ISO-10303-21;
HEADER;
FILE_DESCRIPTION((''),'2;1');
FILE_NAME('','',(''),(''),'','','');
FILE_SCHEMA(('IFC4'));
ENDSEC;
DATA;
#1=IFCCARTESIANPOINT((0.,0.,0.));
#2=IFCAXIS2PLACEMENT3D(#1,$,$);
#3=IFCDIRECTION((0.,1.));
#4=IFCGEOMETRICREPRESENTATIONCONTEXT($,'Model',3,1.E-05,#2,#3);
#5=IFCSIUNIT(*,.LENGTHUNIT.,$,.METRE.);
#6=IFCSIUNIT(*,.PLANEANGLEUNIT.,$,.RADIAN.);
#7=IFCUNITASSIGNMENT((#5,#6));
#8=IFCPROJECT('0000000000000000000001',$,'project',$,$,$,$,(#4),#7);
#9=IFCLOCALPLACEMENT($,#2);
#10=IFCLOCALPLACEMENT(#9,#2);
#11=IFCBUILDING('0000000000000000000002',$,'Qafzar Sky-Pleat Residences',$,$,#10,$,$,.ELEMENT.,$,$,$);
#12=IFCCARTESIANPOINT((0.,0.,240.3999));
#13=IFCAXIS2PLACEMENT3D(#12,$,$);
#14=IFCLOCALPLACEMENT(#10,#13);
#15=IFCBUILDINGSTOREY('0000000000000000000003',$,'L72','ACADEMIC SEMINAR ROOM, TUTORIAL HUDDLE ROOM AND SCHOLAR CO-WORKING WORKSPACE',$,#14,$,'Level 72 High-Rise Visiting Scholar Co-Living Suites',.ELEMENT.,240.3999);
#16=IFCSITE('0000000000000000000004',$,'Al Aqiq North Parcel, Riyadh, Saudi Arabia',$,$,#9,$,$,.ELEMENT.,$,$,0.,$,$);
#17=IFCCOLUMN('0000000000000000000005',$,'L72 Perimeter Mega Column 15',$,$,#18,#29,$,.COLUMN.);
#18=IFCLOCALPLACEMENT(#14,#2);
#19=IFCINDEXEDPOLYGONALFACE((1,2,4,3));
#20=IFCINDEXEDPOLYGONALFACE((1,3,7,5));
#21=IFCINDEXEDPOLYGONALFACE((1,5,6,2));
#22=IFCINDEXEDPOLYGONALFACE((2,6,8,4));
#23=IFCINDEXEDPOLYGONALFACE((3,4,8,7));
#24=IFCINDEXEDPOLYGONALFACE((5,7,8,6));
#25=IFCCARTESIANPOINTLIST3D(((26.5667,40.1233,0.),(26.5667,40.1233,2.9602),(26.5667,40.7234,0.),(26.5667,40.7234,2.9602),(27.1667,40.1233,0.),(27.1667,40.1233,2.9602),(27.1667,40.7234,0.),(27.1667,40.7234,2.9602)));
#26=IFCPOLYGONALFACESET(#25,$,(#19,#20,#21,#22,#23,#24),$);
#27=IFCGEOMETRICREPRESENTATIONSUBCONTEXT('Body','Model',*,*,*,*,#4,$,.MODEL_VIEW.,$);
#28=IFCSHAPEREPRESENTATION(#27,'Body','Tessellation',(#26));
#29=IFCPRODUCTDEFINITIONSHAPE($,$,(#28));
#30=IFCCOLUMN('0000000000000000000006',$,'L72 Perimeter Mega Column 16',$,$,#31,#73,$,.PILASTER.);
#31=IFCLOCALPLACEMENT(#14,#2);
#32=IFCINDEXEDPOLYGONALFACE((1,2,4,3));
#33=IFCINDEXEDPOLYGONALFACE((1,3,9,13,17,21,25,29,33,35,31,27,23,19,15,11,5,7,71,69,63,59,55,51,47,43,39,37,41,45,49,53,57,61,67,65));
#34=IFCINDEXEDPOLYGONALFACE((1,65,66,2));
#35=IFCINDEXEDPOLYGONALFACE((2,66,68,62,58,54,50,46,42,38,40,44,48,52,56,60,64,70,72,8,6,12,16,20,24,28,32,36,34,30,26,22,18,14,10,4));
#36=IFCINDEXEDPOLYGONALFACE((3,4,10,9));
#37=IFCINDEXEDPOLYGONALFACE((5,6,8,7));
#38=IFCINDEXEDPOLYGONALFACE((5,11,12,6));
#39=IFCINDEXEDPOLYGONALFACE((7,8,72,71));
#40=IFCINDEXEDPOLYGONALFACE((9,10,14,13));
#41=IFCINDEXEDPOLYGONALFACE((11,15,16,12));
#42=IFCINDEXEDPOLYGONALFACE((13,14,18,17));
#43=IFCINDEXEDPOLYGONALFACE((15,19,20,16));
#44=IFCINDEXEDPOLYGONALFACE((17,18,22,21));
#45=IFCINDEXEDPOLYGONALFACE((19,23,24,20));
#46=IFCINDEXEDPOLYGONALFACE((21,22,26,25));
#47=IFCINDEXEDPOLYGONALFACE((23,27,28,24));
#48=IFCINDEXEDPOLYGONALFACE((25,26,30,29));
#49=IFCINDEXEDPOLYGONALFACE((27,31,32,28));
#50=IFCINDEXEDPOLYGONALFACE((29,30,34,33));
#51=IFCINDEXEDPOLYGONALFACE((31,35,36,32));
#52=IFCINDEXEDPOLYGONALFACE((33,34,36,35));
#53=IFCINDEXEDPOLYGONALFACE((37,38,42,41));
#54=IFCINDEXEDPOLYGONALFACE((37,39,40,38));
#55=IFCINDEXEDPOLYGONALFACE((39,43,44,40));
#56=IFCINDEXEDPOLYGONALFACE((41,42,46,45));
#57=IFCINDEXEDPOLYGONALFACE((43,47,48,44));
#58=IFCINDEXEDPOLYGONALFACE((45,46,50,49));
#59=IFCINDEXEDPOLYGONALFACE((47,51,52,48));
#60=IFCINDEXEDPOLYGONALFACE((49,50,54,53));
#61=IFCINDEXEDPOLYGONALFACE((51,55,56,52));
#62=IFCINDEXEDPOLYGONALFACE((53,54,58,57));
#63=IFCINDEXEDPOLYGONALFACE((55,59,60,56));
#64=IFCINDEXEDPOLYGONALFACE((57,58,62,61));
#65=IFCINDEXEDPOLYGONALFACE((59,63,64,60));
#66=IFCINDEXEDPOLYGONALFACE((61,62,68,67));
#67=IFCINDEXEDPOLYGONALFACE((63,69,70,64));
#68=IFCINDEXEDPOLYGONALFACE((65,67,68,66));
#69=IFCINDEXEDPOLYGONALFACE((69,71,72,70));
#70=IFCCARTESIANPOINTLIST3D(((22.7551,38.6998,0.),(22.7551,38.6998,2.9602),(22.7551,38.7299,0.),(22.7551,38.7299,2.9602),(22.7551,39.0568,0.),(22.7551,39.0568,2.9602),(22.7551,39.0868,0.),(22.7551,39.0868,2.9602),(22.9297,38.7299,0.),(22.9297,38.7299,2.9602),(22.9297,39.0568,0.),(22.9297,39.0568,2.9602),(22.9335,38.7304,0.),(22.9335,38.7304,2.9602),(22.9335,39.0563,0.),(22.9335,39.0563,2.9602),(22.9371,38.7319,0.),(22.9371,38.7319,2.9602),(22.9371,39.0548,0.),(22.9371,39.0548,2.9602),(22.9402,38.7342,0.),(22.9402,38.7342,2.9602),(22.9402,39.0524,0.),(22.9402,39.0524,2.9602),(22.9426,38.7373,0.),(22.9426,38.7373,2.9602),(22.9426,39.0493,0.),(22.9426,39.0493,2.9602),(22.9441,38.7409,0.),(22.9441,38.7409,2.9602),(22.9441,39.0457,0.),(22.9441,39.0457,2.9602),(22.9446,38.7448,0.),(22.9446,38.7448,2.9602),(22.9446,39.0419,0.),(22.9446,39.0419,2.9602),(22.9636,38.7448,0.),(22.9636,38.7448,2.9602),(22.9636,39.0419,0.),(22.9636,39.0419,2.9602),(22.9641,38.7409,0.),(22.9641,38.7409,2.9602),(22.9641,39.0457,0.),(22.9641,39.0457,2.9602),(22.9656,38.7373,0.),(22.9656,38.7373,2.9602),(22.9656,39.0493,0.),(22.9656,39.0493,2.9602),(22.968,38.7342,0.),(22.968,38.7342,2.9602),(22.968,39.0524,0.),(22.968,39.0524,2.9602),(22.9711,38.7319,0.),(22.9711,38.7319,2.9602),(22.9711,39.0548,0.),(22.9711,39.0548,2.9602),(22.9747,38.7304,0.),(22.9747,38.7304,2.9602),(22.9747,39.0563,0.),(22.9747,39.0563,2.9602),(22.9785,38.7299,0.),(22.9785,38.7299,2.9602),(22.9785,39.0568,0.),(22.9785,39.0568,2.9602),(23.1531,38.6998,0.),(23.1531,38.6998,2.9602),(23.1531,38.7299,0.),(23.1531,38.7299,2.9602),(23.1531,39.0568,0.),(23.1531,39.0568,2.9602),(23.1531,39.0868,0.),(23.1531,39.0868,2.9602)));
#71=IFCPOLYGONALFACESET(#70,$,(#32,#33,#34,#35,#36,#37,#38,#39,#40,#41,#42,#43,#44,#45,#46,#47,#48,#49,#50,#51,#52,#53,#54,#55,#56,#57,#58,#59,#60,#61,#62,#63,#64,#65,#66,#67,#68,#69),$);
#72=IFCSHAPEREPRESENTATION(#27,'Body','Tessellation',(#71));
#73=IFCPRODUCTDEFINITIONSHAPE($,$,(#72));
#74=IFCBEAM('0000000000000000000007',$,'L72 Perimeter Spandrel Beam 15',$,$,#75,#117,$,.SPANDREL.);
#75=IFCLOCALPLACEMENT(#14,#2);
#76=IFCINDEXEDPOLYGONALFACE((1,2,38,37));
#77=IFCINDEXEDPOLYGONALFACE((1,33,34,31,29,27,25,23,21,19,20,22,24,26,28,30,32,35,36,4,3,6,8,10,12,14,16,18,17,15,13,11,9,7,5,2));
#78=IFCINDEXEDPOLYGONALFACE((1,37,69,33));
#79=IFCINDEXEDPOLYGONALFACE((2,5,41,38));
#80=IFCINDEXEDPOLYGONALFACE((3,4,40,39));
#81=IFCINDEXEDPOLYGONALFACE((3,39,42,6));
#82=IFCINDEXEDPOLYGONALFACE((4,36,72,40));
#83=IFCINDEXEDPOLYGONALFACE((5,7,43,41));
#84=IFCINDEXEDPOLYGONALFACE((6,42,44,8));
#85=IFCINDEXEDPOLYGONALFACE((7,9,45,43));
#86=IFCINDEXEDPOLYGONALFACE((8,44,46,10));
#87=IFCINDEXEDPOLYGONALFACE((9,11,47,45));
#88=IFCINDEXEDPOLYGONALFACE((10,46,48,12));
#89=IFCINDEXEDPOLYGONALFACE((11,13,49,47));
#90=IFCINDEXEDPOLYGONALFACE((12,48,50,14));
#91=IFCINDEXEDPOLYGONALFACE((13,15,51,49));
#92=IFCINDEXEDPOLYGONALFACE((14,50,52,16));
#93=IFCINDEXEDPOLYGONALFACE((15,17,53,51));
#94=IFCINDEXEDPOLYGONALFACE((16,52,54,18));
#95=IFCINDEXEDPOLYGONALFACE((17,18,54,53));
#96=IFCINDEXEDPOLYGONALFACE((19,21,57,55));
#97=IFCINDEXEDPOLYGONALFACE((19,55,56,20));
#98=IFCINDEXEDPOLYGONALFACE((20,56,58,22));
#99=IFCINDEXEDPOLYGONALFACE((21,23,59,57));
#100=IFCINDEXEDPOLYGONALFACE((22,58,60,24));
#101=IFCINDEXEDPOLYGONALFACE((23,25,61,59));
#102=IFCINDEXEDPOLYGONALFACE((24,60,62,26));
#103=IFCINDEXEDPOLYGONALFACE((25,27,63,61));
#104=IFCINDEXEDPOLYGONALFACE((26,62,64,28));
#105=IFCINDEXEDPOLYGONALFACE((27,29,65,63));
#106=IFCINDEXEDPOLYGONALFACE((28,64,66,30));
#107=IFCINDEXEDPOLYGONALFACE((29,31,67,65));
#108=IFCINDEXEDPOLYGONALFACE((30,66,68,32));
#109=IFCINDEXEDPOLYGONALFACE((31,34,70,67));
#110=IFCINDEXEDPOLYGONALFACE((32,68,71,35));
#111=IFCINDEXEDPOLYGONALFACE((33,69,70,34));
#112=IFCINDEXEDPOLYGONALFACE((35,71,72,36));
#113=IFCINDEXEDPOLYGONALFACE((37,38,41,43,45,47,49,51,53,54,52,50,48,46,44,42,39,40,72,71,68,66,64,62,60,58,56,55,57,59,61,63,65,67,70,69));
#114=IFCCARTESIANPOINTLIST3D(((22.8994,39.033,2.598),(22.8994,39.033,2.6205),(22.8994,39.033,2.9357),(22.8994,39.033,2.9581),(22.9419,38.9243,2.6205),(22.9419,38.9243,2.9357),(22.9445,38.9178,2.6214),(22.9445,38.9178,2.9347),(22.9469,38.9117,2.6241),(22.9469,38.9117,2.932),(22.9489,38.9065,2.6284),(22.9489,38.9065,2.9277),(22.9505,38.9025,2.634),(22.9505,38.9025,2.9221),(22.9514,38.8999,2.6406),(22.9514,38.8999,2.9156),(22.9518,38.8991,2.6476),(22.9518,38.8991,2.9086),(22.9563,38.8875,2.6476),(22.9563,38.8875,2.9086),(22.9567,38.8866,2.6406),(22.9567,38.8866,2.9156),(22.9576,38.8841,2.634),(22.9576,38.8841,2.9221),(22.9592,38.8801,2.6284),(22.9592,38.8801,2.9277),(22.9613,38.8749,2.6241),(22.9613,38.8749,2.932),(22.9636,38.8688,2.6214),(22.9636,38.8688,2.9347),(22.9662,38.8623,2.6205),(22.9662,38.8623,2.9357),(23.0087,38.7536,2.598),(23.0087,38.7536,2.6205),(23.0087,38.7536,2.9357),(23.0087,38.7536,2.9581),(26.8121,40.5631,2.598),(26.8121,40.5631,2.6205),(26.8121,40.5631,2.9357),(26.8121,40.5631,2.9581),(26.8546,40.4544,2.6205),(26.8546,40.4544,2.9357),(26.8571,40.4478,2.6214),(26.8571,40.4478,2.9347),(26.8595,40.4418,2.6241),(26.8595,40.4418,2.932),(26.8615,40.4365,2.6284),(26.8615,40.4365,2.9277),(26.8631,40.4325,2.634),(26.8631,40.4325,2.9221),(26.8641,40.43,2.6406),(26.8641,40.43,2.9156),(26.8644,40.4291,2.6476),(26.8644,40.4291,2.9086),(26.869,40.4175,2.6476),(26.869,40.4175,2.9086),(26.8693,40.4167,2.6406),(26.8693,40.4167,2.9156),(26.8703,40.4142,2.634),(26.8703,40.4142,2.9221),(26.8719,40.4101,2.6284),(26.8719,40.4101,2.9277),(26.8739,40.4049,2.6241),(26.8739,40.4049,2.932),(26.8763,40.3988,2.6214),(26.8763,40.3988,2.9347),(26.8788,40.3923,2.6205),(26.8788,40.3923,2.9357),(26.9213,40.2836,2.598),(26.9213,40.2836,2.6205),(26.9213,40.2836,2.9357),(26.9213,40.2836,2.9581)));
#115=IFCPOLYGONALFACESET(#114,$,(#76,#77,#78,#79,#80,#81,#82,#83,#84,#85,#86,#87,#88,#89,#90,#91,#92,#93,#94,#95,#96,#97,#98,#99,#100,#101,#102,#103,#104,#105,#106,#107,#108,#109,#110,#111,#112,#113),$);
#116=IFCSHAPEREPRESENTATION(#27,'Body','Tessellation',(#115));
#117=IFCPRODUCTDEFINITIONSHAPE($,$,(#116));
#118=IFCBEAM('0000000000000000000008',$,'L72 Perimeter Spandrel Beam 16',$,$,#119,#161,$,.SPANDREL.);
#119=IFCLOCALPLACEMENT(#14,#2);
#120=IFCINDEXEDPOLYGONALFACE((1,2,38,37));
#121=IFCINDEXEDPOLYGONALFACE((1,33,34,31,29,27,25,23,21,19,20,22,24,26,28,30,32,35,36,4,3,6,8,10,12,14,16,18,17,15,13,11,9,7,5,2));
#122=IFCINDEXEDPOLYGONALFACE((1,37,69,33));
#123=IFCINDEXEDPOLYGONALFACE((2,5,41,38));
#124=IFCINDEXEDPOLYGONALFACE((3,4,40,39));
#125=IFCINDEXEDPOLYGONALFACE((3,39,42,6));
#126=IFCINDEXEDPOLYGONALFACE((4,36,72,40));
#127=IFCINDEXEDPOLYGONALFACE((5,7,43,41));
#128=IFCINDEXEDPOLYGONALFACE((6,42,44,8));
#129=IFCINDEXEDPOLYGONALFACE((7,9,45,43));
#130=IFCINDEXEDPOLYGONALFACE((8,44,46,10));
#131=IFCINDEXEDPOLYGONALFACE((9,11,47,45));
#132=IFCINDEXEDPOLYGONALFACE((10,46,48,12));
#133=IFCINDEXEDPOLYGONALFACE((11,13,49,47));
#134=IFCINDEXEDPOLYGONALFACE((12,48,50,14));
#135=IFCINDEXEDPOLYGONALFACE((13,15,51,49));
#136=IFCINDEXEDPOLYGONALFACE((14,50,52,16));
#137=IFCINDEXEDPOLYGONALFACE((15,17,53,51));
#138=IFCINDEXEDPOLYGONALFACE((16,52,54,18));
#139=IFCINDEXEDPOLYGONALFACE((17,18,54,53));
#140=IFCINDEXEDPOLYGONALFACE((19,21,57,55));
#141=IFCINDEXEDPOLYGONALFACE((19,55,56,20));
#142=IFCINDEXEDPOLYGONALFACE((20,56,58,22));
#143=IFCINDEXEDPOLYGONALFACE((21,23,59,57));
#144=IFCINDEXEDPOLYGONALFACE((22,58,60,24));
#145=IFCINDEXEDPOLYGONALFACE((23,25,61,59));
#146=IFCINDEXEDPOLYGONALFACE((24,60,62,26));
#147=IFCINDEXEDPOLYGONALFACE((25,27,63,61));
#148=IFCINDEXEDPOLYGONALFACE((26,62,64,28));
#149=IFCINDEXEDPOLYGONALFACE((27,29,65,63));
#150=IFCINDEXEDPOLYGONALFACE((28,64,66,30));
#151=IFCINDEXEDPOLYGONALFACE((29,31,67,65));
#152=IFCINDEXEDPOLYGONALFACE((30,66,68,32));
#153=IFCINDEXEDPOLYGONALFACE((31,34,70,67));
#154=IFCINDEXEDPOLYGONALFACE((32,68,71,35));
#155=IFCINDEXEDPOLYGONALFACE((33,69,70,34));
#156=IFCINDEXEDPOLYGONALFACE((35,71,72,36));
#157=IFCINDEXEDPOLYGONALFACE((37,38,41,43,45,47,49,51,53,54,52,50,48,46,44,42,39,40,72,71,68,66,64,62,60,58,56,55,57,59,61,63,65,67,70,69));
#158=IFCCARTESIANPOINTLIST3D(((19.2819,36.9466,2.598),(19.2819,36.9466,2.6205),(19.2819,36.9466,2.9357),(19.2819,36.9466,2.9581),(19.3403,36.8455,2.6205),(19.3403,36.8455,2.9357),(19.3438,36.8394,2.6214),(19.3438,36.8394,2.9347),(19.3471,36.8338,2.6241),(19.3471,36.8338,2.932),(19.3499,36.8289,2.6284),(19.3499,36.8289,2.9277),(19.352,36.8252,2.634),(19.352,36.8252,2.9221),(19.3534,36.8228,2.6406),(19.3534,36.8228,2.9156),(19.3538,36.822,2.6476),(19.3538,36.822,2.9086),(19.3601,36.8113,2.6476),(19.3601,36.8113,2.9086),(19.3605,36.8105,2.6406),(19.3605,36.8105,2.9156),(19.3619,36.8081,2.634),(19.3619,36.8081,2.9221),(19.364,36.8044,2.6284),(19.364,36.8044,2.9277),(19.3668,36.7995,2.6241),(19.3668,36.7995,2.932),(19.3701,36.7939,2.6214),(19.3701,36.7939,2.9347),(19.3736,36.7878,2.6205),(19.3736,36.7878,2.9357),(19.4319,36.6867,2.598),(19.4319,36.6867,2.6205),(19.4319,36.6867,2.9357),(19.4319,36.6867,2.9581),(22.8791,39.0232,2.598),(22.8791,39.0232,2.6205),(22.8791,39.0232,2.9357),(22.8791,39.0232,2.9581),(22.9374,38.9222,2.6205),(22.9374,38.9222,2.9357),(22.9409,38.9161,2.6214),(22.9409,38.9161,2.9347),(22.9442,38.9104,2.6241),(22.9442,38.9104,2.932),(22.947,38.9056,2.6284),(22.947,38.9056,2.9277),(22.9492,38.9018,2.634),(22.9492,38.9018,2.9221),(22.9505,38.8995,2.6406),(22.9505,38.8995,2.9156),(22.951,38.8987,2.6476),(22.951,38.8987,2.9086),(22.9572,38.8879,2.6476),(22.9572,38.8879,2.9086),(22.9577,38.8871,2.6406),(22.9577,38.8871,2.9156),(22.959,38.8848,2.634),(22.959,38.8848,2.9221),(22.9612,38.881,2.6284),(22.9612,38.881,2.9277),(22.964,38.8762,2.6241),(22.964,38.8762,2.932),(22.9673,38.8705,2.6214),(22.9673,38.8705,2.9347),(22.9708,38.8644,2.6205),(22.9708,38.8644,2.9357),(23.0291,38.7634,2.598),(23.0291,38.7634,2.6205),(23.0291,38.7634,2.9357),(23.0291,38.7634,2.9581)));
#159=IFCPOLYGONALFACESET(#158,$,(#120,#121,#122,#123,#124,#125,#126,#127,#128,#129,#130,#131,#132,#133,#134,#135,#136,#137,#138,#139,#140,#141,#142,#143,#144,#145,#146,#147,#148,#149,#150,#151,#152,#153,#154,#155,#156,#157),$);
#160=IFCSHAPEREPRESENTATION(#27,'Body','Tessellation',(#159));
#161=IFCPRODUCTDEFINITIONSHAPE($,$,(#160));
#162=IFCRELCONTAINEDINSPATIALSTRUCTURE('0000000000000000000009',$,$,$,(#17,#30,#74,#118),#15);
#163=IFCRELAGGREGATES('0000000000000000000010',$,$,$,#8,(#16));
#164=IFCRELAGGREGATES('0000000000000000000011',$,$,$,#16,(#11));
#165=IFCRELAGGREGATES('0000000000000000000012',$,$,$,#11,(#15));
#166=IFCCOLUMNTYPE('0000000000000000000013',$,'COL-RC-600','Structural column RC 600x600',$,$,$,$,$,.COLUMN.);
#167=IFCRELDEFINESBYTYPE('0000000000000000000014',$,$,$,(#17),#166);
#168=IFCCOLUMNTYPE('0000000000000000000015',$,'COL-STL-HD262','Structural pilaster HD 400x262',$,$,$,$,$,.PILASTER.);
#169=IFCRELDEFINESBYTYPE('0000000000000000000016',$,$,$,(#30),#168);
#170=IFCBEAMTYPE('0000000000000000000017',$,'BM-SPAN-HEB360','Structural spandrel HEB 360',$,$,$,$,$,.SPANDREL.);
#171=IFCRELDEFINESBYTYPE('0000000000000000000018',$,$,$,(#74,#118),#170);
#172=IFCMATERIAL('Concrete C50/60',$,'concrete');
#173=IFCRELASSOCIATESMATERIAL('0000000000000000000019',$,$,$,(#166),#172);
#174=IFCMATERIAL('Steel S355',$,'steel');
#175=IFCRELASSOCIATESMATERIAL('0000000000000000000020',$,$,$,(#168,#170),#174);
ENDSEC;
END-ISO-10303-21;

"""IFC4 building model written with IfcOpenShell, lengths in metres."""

from ifc_helpers import new_model, si_unit, direction, frame, origin, origin_2d, place, context, subcontext, project, spatial, rectangle, i_section, extrude, source, transform, mapped, material, material_profile, profile_set, type_object, element, save


model = new_model("IFC4")

# Units and contexts
model_context = context("Model", 3, precision=1e-05, world=origin(), true_north=direction((0.0, 1.0)))
body_context = subcontext(model_context, "Body", "Model", "MODEL_VIEW")
ifc_project = project(units=[si_unit("LENGTHUNIT", "METRE"), si_unit("PLANEANGLEUNIT", "RADIAN")], contexts=[model_context])

# Site, building, storey
site_placement = place(None, origin())
site = spatial("IfcSite", under=ifc_project, at=site_placement, Name="Al Aqiq North Parcel, Riyadh, Saudi Arabia", CompositionType="ELEMENT", RefElevation=0.0)
building_placement = place(site_placement, origin())
building = spatial("IfcBuilding", under=site, at=building_placement, Name="Qafzar Sky-Pleat Residences", CompositionType="ELEMENT")
storey_placement = place(building_placement, frame((0.0, 0.0, 240.3999)))
storey = spatial("IfcBuildingStorey", under=building, at=storey_placement, Name="L72", Description="ACADEMIC SEMINAR ROOM, TUTORIAL HUDDLE ROOM AND SCHOLAR CO-WORKING WORKSPACE", LongName="Level 72 High-Rise Visiting Scholar Co-Living Suites", CompositionType="ELEMENT", Elevation=240.3999)

# Columns
ifc_material_1 = material(Name="Concrete C50/60", Category="concrete")
ifc_material_profile_1 = material_profile(ifc_material_1, rectangle(XDim=0.6001, YDim=0.6001, at=origin_2d()), Name="RC 600x600")
ifc_profile_set_1 = profile_set([ifc_material_profile_1], Name="Concrete C50/60")
column_type_1 = type_object("IfcColumnType", Name="COL-RC-600", Description="Structural column RC 600x600", PredefinedType="COLUMN", material=ifc_profile_set_1)
shared_shape_1 = source(origin(), body_context, "Body", "SweptSolid", [
    extrude(rectangle(XDim=0.6001, YDim=0.6001, at=origin_2d()), origin(), (0.0, 0.0, 1.0), 2.9602),
])
column_1_placement = place(storey_placement, frame((26.8667, 40.4233, 0.0), z_axis=(0.0, 0.0, 1.0), x_axis=(1.0, 0.0, 0.0)))
element("IfcColumn", 1, at=column_1_placement, inside=storey, type_object=column_type_1, Name="L72 Perimeter Mega Column 15", PredefinedType="COLUMN", context=body_context, shape_type="MappedRepresentation", body=[
    mapped(shared_shape_1, transform((0.0, 0.0, 0.0), x_axis=(1.0, 0.0, 0.0), y_axis=(0.0, 1.0, 0.0), z_axis=(0.0, 0.0, 1.0), scale=1.0)),
])
ifc_material_2 = material(Name="Steel S355", Category="steel")
ifc_material_profile_2 = material_profile(ifc_material_2, i_section(OverallWidth=0.3979, OverallDepth=0.387, WebThickness=0.019, FlangeThickness=0.03, FilletRadius=0.0149, at=origin_2d()), Name="HD 400x262")
ifc_profile_set_2 = profile_set([ifc_material_profile_2], Name="Steel S355")
column_type_2 = type_object("IfcColumnType", Name="COL-STL-HD262", Description="Structural pilaster HD 400x262", PredefinedType="PILASTER", material=ifc_profile_set_2)
shared_shape_2 = source(origin(), body_context, "Body", "SweptSolid", [
    extrude(i_section(OverallWidth=0.3979, OverallDepth=0.387, WebThickness=0.019, FlangeThickness=0.03, FilletRadius=0.0149, at=origin_2d()), origin(), (0.0, 0.0, 1.0), 2.9602),
])
column_2_placement = place(storey_placement, frame((22.9541, 38.8933, 0.0), z_axis=(0.0, 0.0, 1.0), x_axis=(1.0, 0.0, 0.0)))
element("IfcColumn", 2, at=column_2_placement, inside=storey, type_object=column_type_2, Name="L72 Perimeter Mega Column 16", PredefinedType="PILASTER", context=body_context, shape_type="MappedRepresentation", body=[
    mapped(shared_shape_2, transform((0.0, 0.0, 0.0), x_axis=(1.0, 0.0, 0.0), y_axis=(0.0, 1.0, 0.0), z_axis=(0.0, 0.0, 1.0), scale=1.0)),
])

# Beams
ifc_material_profile_3 = material_profile(ifc_material_2, i_section(OverallWidth=0.3, OverallDepth=0.3601, WebThickness=0.0125, FlangeThickness=0.0225, FilletRadius=0.0271, at=origin_2d()), Name="HEB 360")
ifc_profile_set_3 = profile_set([ifc_material_profile_3], Name="Steel S355")
beam_type_1 = type_object("IfcBeamType", Name="BM-SPAN-HEB360", Description="Structural spandrel HEB 360", PredefinedType="SPANDREL", material=ifc_profile_set_3)
shared_shape_3 = source(origin(), body_context, "Body", "SweptSolid", [
    extrude(i_section(OverallWidth=0.3, OverallDepth=0.3601, WebThickness=0.0125, FlangeThickness=0.0225, FilletRadius=0.0271, at=origin_2d()), origin(), (0.0, 0.0, 1.0), 4.2012),
])
beam_1_placement = place(storey_placement, frame((26.8667, 40.4233, 2.7781), z_axis=(-0.931322, -0.364196, 0.0), x_axis=(0.364196, -0.931322, 0.0)))
element("IfcBeam", 3, at=beam_1_placement, inside=storey, type_object=beam_type_1, Name="L72 Perimeter Spandrel Beam 15", PredefinedType="SPANDREL", context=body_context, shape_type="MappedRepresentation", body=[
    mapped(shared_shape_3, transform((0.0, 0.0, 0.0), x_axis=(1.0, 0.0, 0.0), y_axis=(0.0, 1.0, 0.0), z_axis=(0.0, 0.0, 1.0), scale=1.0)),
])
shared_shape_4 = source(origin(), body_context, "Body", "SweptSolid", [
    extrude(i_section(OverallWidth=0.3, OverallDepth=0.3601, WebThickness=0.0125, FlangeThickness=0.0225, FilletRadius=0.0271, at=origin_2d()), origin(), (0.0, 0.0, 1.0), 4.1536),
])
beam_2_placement = place(storey_placement, frame((22.9541, 38.8933, 2.7781), z_axis=(-0.866043, -0.49997, 0.0), x_axis=(0.49997, -0.866043, 0.0)))
element("IfcBeam", 4, at=beam_2_placement, inside=storey, type_object=beam_type_1, Name="L72 Perimeter Spandrel Beam 16", PredefinedType="SPANDREL", context=body_context, shape_type="MappedRepresentation", body=[
    mapped(shared_shape_4, transform((0.0, 0.0, 0.0), x_axis=(1.0, 0.0, 0.0), y_axis=(0.0, 1.0, 0.0), z_axis=(0.0, 0.0, 1.0), scale=1.0)),
])

save(model, "model.ifc")
